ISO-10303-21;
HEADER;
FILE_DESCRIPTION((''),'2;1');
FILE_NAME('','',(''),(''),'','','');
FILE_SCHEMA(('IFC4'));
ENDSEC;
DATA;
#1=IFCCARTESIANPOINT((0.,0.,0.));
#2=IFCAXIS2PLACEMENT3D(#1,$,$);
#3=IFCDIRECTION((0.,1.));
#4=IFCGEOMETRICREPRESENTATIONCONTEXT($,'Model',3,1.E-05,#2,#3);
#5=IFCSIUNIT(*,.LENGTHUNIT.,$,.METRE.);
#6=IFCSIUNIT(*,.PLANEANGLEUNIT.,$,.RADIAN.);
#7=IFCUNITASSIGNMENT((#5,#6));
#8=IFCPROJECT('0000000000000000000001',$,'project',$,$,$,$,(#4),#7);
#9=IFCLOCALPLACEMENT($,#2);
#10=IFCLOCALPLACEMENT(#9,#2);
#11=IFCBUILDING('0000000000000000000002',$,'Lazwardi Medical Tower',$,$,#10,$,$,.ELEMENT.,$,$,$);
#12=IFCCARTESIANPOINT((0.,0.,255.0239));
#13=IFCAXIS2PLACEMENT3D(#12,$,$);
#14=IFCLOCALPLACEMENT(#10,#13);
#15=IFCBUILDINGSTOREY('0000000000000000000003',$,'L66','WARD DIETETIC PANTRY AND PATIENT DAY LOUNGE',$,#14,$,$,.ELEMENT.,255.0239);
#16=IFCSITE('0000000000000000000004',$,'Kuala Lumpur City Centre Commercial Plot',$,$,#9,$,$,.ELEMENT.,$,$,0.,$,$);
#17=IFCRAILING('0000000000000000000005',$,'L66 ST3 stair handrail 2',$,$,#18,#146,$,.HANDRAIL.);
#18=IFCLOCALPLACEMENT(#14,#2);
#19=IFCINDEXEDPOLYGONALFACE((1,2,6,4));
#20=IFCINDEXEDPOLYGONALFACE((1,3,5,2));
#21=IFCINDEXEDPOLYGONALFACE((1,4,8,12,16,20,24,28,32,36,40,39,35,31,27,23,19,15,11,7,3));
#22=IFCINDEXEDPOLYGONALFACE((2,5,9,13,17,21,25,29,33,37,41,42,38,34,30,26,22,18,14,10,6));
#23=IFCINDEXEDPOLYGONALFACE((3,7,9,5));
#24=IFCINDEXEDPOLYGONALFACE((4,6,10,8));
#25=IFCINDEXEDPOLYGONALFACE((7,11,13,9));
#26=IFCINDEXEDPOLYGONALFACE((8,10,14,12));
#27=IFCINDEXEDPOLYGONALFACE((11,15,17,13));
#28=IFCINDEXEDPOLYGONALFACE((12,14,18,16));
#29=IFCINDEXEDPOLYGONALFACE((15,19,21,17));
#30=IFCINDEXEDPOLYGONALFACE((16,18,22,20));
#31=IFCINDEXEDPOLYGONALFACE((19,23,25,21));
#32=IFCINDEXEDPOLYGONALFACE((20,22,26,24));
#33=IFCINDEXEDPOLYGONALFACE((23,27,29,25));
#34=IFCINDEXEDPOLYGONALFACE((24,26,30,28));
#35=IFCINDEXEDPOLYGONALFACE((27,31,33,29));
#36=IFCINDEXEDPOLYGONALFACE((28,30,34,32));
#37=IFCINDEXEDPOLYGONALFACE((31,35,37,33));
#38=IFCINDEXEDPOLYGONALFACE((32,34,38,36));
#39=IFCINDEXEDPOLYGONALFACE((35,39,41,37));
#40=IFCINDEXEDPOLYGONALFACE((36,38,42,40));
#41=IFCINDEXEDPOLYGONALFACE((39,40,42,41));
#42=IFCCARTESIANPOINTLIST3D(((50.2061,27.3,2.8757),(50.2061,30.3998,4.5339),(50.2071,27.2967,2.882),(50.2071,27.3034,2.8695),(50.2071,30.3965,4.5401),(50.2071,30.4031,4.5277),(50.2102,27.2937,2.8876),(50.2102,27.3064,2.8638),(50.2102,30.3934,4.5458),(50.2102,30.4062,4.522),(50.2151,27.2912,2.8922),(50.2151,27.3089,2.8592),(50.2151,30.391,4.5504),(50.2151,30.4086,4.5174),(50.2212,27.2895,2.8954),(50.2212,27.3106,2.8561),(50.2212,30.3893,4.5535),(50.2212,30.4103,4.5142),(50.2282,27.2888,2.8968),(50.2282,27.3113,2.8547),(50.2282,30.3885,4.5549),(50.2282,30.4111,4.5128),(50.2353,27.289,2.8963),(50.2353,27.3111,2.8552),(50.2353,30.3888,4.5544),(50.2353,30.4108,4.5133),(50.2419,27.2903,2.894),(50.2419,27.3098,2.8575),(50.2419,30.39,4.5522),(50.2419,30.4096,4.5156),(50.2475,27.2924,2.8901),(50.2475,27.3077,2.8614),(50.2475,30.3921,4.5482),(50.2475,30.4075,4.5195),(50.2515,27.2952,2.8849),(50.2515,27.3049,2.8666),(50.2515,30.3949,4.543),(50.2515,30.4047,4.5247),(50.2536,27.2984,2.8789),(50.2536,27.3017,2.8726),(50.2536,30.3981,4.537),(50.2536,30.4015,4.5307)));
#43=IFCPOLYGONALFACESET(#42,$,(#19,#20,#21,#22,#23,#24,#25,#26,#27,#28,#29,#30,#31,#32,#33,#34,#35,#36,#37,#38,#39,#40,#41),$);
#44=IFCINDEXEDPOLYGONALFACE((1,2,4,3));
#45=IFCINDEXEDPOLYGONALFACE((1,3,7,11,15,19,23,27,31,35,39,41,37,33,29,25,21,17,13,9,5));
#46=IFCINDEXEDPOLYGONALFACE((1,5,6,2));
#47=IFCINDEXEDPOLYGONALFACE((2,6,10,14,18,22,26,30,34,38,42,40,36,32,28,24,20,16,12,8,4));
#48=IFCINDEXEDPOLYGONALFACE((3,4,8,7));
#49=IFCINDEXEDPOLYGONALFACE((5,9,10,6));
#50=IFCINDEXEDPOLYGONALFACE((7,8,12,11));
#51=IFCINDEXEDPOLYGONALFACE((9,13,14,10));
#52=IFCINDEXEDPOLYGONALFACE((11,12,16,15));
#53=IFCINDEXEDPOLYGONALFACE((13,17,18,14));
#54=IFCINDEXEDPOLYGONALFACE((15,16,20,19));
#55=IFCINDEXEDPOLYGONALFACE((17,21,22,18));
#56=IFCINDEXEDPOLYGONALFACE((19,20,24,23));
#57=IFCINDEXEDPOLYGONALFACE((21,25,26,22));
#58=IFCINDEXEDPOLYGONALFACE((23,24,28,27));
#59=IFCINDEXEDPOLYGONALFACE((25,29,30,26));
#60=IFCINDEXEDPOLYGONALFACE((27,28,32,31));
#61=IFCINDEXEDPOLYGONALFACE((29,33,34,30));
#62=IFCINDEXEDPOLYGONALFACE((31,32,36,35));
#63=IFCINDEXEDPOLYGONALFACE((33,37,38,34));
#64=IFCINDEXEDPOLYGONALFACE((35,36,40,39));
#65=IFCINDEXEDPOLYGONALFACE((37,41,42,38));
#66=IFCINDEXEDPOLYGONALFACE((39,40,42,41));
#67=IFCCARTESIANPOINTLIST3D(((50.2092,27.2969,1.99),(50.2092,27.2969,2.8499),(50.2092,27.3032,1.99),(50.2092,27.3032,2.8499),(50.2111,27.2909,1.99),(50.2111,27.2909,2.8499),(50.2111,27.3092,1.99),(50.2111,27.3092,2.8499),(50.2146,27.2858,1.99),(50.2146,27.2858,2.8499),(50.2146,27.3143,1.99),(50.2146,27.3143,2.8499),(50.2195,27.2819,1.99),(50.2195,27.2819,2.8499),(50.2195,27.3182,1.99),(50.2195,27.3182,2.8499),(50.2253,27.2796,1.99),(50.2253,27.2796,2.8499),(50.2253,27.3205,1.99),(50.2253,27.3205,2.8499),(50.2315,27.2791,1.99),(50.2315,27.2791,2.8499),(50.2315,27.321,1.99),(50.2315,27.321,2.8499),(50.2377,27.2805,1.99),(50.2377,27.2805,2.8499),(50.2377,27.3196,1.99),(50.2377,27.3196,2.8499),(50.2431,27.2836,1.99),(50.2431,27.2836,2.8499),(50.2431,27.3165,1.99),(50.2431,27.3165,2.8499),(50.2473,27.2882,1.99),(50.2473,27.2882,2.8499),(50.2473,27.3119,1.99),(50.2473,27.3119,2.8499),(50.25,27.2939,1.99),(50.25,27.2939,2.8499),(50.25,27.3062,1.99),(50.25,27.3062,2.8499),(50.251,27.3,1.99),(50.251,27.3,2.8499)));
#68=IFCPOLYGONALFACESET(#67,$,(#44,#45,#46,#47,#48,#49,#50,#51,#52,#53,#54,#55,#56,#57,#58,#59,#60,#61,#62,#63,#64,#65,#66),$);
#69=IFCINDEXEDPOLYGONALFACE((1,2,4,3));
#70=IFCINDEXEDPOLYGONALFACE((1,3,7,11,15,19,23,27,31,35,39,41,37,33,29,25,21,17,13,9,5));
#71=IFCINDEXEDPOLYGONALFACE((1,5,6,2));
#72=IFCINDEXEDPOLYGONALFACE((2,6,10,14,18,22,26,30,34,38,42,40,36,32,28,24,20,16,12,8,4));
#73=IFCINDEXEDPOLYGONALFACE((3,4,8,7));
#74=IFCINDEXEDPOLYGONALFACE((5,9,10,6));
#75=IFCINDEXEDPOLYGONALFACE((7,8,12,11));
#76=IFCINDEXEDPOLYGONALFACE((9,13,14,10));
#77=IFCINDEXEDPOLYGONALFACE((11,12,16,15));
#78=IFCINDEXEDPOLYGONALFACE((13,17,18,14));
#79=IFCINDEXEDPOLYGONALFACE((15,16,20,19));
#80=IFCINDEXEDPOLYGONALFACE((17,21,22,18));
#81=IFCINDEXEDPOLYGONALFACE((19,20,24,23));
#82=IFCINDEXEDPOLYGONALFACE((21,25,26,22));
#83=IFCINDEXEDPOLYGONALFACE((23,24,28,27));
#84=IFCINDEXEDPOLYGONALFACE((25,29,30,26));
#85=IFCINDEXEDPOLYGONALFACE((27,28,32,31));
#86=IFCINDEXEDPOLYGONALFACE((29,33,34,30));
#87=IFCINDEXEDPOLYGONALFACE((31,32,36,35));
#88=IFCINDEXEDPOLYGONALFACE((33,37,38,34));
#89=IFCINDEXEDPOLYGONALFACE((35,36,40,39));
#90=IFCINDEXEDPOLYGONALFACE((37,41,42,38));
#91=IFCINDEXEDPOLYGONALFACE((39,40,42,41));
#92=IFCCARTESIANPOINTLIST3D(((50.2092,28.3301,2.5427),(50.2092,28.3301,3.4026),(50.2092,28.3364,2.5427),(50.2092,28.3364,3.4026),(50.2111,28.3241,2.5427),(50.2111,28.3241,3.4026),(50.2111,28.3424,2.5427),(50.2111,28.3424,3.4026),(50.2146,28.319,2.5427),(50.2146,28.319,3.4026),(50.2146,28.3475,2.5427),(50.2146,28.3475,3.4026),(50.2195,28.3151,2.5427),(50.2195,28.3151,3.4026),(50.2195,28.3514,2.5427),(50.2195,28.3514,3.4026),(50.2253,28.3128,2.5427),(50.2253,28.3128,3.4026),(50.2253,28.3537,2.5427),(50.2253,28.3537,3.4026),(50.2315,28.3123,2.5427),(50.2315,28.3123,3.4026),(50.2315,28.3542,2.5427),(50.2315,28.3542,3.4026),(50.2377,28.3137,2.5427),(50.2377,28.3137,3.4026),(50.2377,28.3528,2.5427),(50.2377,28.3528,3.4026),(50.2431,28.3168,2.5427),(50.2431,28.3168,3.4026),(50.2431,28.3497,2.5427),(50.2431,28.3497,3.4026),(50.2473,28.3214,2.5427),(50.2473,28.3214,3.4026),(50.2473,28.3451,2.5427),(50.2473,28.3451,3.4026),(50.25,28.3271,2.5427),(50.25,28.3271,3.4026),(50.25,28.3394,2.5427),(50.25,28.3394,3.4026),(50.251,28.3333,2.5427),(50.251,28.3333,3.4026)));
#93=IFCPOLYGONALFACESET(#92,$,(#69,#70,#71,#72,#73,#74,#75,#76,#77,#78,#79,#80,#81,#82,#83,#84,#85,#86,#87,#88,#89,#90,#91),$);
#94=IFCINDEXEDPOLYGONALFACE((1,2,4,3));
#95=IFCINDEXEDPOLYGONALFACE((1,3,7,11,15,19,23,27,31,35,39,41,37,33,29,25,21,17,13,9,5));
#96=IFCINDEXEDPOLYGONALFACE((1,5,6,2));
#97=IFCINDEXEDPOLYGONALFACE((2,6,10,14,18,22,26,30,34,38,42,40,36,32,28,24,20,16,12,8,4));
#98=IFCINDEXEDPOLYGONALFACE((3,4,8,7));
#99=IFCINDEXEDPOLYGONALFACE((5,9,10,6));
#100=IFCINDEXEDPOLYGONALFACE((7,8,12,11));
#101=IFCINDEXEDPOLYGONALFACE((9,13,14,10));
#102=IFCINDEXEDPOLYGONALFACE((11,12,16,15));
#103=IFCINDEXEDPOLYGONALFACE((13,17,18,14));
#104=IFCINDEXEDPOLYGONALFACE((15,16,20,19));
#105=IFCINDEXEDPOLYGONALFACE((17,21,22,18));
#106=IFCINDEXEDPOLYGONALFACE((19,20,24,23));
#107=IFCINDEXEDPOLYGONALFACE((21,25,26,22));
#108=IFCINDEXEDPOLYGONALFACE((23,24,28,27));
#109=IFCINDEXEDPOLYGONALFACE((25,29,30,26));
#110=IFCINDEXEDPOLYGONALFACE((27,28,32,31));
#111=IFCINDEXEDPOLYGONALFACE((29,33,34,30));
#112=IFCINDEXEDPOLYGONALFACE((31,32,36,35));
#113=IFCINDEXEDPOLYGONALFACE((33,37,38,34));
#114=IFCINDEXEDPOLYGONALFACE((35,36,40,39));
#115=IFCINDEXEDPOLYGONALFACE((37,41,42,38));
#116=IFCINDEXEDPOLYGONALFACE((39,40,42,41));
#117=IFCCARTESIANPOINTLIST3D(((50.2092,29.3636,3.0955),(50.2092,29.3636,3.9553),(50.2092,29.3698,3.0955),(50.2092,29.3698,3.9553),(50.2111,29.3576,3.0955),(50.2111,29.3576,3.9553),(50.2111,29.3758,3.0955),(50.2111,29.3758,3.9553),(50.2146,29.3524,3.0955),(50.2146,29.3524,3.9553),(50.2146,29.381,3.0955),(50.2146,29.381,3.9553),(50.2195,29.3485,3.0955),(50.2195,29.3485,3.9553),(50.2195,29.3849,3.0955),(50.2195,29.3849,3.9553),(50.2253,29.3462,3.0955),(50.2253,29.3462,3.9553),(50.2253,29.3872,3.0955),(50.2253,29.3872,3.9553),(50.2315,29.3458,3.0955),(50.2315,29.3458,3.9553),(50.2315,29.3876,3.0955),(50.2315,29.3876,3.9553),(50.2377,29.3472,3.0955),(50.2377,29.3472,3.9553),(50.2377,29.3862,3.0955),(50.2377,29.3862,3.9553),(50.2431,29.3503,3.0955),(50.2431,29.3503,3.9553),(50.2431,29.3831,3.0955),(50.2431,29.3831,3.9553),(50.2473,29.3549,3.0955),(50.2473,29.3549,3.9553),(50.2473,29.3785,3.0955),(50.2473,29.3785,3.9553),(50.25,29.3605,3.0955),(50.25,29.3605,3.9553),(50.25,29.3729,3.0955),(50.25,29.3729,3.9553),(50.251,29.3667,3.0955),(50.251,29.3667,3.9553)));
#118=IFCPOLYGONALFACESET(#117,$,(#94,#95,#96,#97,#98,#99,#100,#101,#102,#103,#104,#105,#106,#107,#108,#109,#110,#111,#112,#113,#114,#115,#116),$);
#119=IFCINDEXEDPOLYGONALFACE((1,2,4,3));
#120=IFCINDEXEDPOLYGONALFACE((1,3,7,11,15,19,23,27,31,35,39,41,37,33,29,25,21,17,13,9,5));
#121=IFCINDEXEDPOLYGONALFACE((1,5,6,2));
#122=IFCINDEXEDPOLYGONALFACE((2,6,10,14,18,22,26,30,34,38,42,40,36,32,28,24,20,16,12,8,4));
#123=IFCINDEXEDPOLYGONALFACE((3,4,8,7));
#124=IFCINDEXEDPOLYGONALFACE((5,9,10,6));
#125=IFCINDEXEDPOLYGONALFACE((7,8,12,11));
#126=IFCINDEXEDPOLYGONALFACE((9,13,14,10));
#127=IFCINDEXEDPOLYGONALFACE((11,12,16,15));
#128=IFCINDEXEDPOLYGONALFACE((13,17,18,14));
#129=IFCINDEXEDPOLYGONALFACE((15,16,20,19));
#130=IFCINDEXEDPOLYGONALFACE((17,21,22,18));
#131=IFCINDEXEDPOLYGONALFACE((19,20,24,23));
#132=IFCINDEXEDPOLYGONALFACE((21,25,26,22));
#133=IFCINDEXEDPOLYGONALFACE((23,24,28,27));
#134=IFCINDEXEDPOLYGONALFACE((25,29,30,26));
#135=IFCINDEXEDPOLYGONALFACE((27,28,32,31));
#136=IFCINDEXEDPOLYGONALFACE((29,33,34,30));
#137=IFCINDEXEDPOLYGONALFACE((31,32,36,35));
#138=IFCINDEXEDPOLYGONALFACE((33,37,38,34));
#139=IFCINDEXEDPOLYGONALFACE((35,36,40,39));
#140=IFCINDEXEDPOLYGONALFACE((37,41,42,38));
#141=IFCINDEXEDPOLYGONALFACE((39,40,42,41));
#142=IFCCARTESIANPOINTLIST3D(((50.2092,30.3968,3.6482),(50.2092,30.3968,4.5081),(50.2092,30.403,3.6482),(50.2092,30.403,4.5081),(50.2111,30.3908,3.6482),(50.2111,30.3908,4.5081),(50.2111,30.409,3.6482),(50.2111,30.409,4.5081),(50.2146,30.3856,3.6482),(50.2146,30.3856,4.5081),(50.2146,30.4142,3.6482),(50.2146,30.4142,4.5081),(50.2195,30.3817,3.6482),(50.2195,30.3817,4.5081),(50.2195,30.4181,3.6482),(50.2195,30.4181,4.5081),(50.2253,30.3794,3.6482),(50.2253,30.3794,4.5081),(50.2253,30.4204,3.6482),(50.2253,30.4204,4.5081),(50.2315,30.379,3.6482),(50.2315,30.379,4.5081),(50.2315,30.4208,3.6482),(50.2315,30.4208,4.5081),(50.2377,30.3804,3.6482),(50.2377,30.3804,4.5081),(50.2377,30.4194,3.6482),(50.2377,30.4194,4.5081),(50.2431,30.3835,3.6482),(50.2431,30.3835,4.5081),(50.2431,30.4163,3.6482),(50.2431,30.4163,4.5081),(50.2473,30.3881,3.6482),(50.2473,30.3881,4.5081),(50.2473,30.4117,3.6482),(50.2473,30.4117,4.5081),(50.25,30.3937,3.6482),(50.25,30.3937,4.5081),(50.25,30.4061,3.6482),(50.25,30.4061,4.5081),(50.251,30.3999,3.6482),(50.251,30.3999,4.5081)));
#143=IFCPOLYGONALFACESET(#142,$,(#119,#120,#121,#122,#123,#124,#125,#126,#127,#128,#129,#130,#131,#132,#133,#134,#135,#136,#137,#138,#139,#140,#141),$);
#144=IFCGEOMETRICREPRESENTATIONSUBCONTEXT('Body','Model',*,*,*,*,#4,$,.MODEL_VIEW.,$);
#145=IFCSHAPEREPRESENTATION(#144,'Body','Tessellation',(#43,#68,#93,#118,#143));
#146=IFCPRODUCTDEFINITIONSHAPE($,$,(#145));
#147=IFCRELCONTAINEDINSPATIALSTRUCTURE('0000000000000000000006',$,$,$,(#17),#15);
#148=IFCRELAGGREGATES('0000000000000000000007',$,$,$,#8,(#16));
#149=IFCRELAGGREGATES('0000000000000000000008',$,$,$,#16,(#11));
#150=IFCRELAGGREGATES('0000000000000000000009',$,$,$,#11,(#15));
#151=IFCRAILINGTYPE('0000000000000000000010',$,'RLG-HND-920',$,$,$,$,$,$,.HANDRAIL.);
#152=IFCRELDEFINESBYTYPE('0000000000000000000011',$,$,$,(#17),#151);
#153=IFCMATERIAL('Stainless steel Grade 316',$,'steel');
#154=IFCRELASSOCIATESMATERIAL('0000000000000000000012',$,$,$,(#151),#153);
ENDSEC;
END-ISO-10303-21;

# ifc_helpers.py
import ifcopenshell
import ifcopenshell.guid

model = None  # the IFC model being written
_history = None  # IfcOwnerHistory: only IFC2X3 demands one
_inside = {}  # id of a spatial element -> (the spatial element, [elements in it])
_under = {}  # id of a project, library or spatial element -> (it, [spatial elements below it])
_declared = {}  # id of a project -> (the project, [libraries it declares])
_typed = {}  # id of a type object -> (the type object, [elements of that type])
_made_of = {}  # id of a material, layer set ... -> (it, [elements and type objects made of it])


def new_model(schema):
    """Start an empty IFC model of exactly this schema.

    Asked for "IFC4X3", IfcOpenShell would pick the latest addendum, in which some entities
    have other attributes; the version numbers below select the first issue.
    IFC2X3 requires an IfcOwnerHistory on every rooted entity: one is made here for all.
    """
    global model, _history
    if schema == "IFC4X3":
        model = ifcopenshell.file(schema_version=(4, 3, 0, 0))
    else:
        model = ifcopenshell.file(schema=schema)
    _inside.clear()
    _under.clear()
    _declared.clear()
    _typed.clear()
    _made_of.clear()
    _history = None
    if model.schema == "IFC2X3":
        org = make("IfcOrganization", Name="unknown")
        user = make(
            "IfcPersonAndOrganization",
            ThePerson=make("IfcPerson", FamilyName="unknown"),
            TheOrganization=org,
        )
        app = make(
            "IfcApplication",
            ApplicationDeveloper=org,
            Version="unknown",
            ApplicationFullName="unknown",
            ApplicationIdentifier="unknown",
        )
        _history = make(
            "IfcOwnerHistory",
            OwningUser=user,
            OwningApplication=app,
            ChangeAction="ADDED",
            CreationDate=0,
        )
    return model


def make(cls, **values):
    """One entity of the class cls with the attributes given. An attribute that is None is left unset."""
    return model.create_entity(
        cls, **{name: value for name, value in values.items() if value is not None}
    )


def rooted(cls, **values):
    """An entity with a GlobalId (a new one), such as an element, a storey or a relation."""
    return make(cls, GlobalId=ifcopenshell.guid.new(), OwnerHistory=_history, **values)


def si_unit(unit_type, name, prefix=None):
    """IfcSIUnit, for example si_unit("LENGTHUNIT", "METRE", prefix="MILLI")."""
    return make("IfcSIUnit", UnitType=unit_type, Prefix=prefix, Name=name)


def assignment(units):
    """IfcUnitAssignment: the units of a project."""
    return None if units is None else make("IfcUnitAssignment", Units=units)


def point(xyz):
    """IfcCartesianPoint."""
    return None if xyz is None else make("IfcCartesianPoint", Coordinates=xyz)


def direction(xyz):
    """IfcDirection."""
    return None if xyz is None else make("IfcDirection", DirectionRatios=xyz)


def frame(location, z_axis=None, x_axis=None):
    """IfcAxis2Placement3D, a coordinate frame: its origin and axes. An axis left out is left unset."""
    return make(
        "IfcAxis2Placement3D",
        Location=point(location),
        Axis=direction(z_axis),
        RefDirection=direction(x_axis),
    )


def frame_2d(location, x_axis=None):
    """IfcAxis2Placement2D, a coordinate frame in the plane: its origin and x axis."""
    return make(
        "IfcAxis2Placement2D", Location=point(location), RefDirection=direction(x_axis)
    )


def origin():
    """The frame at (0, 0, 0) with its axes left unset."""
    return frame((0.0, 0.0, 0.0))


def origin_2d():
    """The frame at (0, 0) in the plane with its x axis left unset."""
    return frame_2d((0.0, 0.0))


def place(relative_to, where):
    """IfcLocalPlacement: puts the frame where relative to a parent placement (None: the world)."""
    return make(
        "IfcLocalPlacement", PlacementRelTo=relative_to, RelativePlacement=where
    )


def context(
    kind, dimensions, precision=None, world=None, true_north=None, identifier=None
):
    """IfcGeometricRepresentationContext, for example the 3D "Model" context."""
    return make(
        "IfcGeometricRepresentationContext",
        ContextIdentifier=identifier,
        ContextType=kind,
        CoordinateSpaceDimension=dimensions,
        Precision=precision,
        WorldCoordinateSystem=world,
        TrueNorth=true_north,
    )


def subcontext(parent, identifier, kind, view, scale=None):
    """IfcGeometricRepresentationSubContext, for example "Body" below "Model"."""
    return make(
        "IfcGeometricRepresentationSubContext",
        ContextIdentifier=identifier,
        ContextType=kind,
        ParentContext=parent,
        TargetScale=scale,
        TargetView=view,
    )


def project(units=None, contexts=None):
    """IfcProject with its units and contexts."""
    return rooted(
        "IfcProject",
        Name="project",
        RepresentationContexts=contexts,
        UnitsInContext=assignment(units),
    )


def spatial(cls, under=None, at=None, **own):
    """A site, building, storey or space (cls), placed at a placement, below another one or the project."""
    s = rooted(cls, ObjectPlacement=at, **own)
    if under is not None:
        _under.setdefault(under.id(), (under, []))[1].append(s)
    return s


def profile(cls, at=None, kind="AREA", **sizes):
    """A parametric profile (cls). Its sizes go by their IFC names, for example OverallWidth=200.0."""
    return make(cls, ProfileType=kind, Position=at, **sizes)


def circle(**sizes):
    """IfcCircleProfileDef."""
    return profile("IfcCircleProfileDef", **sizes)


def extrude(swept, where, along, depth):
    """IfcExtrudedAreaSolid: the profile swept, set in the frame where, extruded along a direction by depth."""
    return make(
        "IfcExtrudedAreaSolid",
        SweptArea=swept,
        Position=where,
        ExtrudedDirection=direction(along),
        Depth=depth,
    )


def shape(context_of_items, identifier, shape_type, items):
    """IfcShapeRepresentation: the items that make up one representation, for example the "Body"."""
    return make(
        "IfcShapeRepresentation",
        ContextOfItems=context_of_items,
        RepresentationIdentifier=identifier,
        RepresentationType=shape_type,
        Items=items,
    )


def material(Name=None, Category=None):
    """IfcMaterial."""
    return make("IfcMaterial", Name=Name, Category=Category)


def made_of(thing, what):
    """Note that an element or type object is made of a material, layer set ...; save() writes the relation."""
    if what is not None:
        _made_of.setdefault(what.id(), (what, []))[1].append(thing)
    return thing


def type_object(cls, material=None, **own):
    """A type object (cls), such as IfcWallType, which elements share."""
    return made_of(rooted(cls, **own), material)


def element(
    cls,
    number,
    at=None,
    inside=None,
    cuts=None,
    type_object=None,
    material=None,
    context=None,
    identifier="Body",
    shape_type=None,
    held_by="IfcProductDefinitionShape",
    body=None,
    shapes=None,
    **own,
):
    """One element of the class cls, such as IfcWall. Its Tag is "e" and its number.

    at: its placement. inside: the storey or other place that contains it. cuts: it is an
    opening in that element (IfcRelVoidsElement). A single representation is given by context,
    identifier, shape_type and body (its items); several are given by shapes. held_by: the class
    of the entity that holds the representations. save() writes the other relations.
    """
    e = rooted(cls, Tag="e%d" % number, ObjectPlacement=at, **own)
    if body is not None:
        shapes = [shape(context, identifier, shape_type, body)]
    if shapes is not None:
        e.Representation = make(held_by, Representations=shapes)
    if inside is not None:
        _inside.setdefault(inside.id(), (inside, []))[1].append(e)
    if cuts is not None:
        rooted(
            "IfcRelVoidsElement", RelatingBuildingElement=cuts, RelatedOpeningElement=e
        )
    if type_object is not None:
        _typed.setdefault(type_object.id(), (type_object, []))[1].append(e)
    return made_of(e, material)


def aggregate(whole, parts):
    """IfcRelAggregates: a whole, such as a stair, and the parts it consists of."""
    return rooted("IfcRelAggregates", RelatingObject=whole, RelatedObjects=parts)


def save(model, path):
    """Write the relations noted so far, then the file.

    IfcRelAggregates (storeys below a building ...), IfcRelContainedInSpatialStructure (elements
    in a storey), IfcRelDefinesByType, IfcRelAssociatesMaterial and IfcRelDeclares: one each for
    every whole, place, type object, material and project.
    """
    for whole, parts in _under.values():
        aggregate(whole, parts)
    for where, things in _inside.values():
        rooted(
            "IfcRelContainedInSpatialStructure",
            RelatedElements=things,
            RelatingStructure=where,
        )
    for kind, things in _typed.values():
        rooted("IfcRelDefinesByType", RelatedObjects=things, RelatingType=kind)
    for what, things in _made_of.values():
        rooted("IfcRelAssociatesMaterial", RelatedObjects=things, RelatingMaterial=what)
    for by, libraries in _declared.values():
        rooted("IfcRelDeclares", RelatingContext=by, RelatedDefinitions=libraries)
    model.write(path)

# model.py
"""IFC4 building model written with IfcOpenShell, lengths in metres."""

from ifc_helpers import new_model, si_unit, direction, frame, origin, origin_2d, place, context, subcontext, project, spatial, circle, extrude, material, type_object, element, save


model = new_model("IFC4")

# Units and contexts
model_context = context("Model", 3, precision=1e-05, world=origin(), true_north=direction((0.0, 1.0)))
body_context = subcontext(model_context, "Body", "Model", "MODEL_VIEW")
ifc_project = project(units=[si_unit("LENGTHUNIT", "METRE"), si_unit("PLANEANGLEUNIT", "RADIAN")], contexts=[model_context])

# Site, building, storey
site_placement = place(None, origin())
site = spatial("IfcSite", under=ifc_project, at=site_placement, Name="Kuala Lumpur City Centre Commercial Plot", CompositionType="ELEMENT", RefElevation=0.0)
building_placement = place(site_placement, origin())
building = spatial("IfcBuilding", under=site, at=building_placement, Name="Lazwardi Medical Tower", CompositionType="ELEMENT")
storey_placement = place(building_placement, frame((0.0, 0.0, 255.0239)))
storey = spatial("IfcBuildingStorey", under=building, at=storey_placement, Name="L66", Description="WARD DIETETIC PANTRY AND PATIENT DAY LOUNGE", CompositionType="ELEMENT", Elevation=255.0239)

# Railing
ifc_material_1 = material(Name="Stainless steel Grade 316", Category="steel")
railing_type_1 = type_object("IfcRailingType", Name="RLG-HND-920", PredefinedType="HANDRAIL", material=ifc_material_1)
railing_1_placement = place(storey_placement, frame((50.23, 27.3, 1.99)))
element("IfcRailing", 1, at=railing_1_placement, inside=storey, type_object=railing_type_1, Name="L66 ST3 stair handrail 2", PredefinedType="HANDRAIL", context=body_context, shape_type="SweptSolid", body=[
    extrude(circle(Radius=0.0239, at=origin_2d()), frame((0.0, 0.0, 0.8857), z_axis=(0.0, 0.881768, 0.471684), x_axis=(-1.0, 0.0, 0.0)), (0.0, 0.0, 1.0), 3.5154),
    extrude(circle(Radius=0.021, at=origin_2d()), origin(), (0.0, 0.0, 1.0), 0.8599),
    extrude(circle(Radius=0.021, at=origin_2d()), frame((0.0, 1.0332, 0.5527)), (0.0, 0.0, 1.0), 0.8599),
    extrude(circle(Radius=0.021, at=origin_2d()), frame((0.0, 2.0667, 1.1055)), (0.0, 0.0, 1.0), 0.8599),
    extrude(circle(Radius=0.021, at=origin_2d()), frame((0.0, 3.0999, 1.6582)), (0.0, 0.0, 1.0), 0.8599),
])

save(model, "model.ifc")
